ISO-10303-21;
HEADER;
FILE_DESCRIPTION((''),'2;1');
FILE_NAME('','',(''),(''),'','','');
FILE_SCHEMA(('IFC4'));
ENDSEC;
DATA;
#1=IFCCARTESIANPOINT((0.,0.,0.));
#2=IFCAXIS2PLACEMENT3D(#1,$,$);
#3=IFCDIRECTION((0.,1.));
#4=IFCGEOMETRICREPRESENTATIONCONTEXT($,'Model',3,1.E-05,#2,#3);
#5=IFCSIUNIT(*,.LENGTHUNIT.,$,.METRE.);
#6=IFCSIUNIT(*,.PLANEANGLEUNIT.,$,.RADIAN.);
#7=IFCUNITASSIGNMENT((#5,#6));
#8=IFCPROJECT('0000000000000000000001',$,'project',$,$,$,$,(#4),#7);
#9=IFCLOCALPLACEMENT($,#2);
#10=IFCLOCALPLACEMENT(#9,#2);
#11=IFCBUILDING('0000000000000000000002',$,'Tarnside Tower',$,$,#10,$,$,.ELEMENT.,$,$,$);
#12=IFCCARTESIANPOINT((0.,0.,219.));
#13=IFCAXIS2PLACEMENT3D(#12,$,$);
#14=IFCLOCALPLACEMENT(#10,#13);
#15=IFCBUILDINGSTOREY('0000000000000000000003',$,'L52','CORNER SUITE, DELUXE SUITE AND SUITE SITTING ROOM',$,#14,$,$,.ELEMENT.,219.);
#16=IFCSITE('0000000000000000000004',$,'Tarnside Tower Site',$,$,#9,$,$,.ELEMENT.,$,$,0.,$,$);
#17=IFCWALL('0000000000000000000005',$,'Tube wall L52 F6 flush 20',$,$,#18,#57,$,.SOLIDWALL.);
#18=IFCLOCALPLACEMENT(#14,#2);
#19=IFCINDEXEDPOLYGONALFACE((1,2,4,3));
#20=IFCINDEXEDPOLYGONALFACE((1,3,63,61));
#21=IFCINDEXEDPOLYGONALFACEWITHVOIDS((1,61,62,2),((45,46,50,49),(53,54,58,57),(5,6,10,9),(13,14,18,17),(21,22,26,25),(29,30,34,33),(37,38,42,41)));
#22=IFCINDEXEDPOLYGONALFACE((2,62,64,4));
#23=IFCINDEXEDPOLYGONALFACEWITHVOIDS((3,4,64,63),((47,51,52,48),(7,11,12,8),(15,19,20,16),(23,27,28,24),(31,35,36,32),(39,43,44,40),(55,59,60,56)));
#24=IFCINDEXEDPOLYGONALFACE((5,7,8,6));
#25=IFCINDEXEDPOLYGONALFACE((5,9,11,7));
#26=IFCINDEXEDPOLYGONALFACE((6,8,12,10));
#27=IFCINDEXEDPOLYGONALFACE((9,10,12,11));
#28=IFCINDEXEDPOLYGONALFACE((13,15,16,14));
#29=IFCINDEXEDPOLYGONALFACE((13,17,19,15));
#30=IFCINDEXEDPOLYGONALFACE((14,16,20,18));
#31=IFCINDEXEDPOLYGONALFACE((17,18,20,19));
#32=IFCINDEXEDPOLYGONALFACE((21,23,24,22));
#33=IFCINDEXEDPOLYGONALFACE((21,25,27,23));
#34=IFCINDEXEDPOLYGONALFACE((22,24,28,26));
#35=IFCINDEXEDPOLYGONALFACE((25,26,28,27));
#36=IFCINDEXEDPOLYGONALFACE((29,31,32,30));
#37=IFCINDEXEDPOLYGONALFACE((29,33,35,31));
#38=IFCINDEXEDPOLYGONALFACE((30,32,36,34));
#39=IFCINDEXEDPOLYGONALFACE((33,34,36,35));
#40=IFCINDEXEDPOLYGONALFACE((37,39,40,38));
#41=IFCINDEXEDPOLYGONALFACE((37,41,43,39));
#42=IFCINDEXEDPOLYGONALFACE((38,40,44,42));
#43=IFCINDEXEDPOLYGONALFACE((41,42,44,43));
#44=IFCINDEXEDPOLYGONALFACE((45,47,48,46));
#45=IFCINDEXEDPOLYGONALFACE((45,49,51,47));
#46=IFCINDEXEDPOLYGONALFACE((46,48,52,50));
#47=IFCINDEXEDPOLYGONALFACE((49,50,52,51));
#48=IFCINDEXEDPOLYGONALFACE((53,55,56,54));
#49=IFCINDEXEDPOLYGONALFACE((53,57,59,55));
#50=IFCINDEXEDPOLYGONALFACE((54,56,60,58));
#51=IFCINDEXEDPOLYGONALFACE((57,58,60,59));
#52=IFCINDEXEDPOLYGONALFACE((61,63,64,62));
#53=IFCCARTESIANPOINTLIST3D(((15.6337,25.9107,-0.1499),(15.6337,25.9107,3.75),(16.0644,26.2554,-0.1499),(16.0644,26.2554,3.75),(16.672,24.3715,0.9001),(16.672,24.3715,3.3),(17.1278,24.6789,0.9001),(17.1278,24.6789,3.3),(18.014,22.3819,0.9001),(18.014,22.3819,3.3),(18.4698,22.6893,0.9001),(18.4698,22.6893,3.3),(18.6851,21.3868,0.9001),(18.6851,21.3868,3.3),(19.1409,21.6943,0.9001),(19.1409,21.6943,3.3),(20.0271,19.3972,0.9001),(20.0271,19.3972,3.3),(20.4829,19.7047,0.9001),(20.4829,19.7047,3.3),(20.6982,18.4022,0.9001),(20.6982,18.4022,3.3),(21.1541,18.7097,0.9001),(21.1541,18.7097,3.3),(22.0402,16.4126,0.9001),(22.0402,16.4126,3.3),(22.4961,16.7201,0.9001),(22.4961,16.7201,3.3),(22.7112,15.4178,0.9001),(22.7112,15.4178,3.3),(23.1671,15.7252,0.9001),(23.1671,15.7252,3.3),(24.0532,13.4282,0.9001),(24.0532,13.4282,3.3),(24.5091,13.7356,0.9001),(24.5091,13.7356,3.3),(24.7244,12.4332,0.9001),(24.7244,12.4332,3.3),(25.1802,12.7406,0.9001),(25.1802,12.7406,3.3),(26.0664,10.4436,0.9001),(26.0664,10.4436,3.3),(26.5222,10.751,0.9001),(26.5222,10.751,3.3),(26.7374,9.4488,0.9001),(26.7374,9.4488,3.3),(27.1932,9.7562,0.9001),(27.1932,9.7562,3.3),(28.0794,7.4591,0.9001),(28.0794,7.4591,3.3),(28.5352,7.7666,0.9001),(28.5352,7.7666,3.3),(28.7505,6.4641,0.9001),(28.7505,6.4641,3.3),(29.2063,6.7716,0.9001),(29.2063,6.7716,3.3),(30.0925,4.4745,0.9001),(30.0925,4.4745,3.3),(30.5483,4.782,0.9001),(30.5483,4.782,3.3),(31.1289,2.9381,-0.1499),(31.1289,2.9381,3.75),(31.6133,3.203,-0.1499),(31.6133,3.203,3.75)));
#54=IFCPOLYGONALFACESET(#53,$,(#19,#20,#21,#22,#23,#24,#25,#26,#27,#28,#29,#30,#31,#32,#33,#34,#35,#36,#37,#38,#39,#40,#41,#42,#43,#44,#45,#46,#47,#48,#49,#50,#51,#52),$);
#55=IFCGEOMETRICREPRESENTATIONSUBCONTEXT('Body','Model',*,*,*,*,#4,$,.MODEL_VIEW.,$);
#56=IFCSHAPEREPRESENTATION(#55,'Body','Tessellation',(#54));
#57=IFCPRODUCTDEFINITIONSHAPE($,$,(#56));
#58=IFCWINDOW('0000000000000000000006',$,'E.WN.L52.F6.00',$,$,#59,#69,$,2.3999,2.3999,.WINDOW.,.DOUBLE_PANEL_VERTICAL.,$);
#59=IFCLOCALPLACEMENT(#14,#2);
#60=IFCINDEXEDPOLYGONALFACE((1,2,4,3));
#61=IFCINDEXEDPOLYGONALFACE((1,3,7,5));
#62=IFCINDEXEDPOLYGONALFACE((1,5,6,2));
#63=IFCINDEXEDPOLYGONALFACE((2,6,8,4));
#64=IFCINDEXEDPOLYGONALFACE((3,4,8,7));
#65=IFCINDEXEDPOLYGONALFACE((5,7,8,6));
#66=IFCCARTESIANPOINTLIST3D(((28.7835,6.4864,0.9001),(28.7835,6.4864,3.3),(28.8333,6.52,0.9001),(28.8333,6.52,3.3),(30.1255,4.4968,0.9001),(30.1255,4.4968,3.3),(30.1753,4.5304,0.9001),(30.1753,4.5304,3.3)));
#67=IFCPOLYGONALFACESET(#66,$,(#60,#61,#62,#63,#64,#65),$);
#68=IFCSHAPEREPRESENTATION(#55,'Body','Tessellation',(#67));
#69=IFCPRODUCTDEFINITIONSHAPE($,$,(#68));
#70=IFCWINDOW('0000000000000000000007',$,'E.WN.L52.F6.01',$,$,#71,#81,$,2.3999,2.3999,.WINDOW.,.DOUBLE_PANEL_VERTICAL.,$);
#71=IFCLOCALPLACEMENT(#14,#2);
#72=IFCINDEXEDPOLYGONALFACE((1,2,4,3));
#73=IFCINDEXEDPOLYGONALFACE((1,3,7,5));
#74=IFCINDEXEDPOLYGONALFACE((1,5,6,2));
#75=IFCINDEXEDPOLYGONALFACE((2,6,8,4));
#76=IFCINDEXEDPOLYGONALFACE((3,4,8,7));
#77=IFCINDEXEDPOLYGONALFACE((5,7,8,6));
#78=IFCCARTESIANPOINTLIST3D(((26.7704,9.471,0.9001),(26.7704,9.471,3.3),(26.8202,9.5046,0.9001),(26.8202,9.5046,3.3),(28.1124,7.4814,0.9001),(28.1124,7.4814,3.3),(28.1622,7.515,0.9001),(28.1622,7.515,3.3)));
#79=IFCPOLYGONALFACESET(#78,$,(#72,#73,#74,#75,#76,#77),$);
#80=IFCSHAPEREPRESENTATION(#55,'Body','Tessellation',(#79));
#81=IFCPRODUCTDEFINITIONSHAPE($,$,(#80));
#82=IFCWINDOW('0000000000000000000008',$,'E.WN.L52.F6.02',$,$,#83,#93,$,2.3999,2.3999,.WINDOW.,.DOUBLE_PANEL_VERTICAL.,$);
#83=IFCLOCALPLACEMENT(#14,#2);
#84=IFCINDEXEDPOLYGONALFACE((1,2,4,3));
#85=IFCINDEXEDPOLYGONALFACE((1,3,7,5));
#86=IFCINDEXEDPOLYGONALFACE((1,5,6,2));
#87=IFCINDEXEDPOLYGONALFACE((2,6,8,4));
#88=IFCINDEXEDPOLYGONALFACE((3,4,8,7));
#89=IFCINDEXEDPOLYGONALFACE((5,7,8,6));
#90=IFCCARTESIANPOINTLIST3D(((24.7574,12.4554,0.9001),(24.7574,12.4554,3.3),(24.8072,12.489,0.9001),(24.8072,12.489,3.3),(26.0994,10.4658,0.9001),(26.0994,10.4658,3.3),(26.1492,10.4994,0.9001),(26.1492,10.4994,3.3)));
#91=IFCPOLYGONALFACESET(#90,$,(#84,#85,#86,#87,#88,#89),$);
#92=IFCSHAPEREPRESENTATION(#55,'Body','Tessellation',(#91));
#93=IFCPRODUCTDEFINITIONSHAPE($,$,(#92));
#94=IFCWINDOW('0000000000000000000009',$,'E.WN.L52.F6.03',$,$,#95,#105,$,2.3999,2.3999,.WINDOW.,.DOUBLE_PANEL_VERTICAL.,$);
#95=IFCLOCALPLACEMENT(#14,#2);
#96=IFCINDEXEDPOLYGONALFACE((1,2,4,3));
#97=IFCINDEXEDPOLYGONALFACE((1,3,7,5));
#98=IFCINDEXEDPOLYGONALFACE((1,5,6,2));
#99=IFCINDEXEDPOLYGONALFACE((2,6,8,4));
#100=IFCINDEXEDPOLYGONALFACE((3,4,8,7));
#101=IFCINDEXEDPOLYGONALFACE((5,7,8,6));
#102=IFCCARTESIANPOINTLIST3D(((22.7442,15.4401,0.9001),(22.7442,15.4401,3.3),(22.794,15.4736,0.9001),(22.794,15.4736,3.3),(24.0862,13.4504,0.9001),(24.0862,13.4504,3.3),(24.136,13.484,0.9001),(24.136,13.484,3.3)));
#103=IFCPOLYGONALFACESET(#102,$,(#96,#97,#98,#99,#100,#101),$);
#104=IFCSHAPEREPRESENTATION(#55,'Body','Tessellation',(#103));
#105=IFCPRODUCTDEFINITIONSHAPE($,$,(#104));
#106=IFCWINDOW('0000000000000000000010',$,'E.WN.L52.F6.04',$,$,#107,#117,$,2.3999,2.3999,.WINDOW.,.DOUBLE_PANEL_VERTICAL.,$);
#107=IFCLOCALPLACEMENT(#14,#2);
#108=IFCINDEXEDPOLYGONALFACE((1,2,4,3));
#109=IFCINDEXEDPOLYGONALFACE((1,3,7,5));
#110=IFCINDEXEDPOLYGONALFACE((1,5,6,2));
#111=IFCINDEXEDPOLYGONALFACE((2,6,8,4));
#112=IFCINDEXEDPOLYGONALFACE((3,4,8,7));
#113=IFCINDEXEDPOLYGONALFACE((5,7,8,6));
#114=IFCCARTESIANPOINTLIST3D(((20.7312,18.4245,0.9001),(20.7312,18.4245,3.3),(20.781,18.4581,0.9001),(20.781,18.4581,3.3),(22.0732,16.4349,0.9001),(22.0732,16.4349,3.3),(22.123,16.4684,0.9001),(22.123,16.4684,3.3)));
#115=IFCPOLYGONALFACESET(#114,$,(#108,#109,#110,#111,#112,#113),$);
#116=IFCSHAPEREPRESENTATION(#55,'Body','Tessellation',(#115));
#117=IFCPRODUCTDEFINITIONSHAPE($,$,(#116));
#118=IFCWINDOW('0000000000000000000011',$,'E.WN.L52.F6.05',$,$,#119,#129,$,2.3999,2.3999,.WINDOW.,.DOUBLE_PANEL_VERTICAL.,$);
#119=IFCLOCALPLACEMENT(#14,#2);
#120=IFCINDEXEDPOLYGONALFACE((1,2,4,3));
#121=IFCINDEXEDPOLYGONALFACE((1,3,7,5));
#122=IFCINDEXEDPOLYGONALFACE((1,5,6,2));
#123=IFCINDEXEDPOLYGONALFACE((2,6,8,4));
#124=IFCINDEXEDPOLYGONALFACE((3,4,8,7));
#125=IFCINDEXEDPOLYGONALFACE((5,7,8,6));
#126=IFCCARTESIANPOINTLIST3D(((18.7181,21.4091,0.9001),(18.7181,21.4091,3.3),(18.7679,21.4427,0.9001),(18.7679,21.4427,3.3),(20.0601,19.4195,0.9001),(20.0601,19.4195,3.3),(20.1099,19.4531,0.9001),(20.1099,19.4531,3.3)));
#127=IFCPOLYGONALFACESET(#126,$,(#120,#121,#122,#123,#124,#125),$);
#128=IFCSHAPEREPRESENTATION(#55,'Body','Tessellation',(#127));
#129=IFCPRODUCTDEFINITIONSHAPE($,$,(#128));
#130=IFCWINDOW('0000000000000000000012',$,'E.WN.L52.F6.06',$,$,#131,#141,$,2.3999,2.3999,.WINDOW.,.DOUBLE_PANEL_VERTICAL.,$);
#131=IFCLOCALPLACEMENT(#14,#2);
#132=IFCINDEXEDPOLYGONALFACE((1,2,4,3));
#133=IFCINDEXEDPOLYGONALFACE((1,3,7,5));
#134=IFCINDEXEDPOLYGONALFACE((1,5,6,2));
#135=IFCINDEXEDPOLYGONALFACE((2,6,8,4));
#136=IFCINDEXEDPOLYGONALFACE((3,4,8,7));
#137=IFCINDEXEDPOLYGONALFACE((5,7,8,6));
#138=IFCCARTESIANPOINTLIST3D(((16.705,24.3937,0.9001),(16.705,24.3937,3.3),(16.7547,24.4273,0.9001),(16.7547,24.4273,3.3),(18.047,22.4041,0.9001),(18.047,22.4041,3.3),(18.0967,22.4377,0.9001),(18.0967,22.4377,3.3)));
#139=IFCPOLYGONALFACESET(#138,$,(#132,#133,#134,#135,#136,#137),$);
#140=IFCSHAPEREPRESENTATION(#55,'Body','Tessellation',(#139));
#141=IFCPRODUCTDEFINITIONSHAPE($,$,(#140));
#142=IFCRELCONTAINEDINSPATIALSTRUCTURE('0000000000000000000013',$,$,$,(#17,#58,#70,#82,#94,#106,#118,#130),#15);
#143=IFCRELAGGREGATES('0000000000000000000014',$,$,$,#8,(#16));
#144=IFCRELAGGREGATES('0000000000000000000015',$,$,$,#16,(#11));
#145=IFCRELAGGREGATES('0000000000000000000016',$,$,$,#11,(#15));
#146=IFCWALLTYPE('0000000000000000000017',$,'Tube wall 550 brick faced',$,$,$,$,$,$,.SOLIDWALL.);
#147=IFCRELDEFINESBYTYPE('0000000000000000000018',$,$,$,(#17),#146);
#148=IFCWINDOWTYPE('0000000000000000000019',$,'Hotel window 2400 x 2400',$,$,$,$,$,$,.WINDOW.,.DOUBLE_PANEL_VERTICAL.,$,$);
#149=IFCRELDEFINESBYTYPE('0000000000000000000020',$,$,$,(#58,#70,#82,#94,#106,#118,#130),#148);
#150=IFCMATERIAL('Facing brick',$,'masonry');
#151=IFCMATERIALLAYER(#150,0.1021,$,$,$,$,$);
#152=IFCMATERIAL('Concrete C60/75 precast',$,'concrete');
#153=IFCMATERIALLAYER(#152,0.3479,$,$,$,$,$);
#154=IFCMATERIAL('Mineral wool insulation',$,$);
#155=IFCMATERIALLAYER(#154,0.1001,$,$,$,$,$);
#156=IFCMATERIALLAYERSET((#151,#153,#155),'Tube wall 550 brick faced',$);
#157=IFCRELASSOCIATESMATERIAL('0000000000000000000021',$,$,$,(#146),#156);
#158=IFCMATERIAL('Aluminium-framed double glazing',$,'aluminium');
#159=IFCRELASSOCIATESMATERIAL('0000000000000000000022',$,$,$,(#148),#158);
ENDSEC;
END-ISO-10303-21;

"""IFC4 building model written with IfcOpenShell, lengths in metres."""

from ifc_helpers import new_model, si_unit, direction, frame, frame_2d, origin, place, context, subcontext, project, spatial, polyline, rectangle, outline, extrude, material, layer, layer_set, type_object, element, fill, save


model = new_model("IFC4")

# Units and contexts
model_context = context("Model", 3, precision=1e-05, world=origin(), true_north=direction((0.0, 1.0)))
body_context = subcontext(model_context, "Body", "Model", "MODEL_VIEW")
ifc_project = project(units=[si_unit("LENGTHUNIT", "METRE"), si_unit("PLANEANGLEUNIT", "RADIAN")], contexts=[model_context])

# Site, building, storey
site_placement = place(None, origin())
site = spatial("IfcSite", under=ifc_project, at=site_placement, Name="Tarnside Tower Site", CompositionType="ELEMENT", RefElevation=0.0)
building_placement = place(site_placement, origin())
building = spatial("IfcBuilding", under=site, at=building_placement, Name="Tarnside Tower", CompositionType="ELEMENT")
storey_placement = place(building_placement, frame((0.0, 0.0, 219.0)))
storey = spatial("IfcBuildingStorey", under=building, at=storey_placement, Name="L52", Description="CORNER SUITE, DELUXE SUITE AND SUITE SITTING ROOM", CompositionType="ELEMENT", Elevation=219.0)

# Shared definitions
ifc_material_1 = material(Name="Facing brick", Category="masonry")
ifc_layer_1 = layer(ifc_material_1, 0.1021)
ifc_material_2 = material(Name="Concrete C60/75 precast", Category="concrete")
ifc_layer_2 = layer(ifc_material_2, 0.3479)
ifc_material_3 = material(Name="Mineral wool insulation")
ifc_layer_3 = layer(ifc_material_3, 0.1001)
ifc_layer_set_1 = layer_set([ifc_layer_1, ifc_layer_2, ifc_layer_3], Name="Tube wall 550 brick faced")
wall_type_1 = type_object("IfcWallType", Name="Tube wall 550 brick faced", PredefinedType="SOLIDWALL", material=ifc_layer_set_1)

# Wall, openings, windows
wall_1_placement = place(storey_placement, frame((31.3711, 3.0706, -0.1499), z_axis=(0.0, 0.0, 1.0), x_axis=(-0.55919, 0.82904, 0.0)))
wall_1 = element("IfcWall", 1, at=wall_1_placement, inside=storey, type_object=wall_type_1, Name="Tube wall L52 F6 flush 20", PredefinedType="SOLIDWALL", context=body_context, shape_type="SweptSolid", body=[
    extrude(outline(polyline([(-0.0256, -0.2749), (27.7805, -0.2749), (27.7356, 0.2749), (0.0256, 0.2749), (-0.0256, -0.2749)])), origin(), (0.0, 0.0, 1.0), 3.8999),
])
opening_1_placement = place(wall_1_placement, frame((1.8789, 0.0, 1.05)))
opening_1 = element("IfcOpeningElement", 2, at=opening_1_placement, cuts=wall_1, PredefinedType="OPENING", context=body_context, shape_type="SweptSolid", body=[
    extrude(rectangle(XDim=2.3999, YDim=2.3999, at=frame_2d((1.2, 1.2))), frame((0.0, 0.2852, 0.0), z_axis=(0.0, -1.0, 0.0), x_axis=(1.0, 0.0, 0.0)), (0.0, 0.0, 1.0), 0.5701),
])
opening_2_placement = place(wall_1_placement, frame((5.479, 0.0, 1.05)))
opening_2 = element("IfcOpeningElement", 3, at=opening_2_placement, cuts=wall_1, PredefinedType="OPENING", context=body_context, shape_type="SweptSolid", body=[
    extrude(rectangle(XDim=2.3999, YDim=2.3999, at=frame_2d((1.2, 1.2))), frame((0.0, 0.2852, 0.0), z_axis=(0.0, -1.0, 0.0), x_axis=(1.0, 0.0, 0.0)), (0.0, 0.0, 1.0), 0.5701),
])
opening_3_placement = place(wall_1_placement, frame((9.0789, 0.0, 1.05)))
opening_3 = element("IfcOpeningElement", 4, at=opening_3_placement, cuts=wall_1, PredefinedType="OPENING", context=body_context, shape_type="SweptSolid", body=[
    extrude(rectangle(XDim=2.3999, YDim=2.3999, at=frame_2d((1.2, 1.2))), frame((0.0, 0.2852, 0.0), z_axis=(0.0, -1.0, 0.0), x_axis=(1.0, 0.0, 0.0)), (0.0, 0.0, 1.0), 0.5701),
])
opening_4_placement = place(wall_1_placement, frame((12.679, 0.0, 1.05)))
opening_4 = element("IfcOpeningElement", 5, at=opening_4_placement, cuts=wall_1, PredefinedType="OPENING", context=body_context, shape_type="SweptSolid", body=[
    extrude(rectangle(XDim=2.3999, YDim=2.3999, at=frame_2d((1.2, 1.2))), frame((0.0, 0.2852, 0.0), z_axis=(0.0, -1.0, 0.0), x_axis=(1.0, 0.0, 0.0)), (0.0, 0.0, 1.0), 0.5701),
])
opening_5_placement = place(wall_1_placement, frame((16.2788, 0.0, 1.05)))
opening_5 = element("IfcOpeningElement", 6, at=opening_5_placement, cuts=wall_1, PredefinedType="OPENING", context=body_context, shape_type="SweptSolid", body=[
    extrude(rectangle(XDim=2.3999, YDim=2.3999, at=frame_2d((1.2, 1.2))), frame((0.0, 0.2852, 0.0), z_axis=(0.0, -1.0, 0.0), x_axis=(1.0, 0.0, 0.0)), (0.0, 0.0, 1.0), 0.5701),
])
opening_6_placement = place(wall_1_placement, frame((19.8789, 0.0, 1.05)))
opening_6 = element("IfcOpeningElement", 7, at=opening_6_placement, cuts=wall_1, PredefinedType="OPENING", context=body_context, shape_type="SweptSolid", body=[
    extrude(rectangle(XDim=2.3999, YDim=2.3999, at=frame_2d((1.2, 1.2))), frame((0.0, 0.2852, 0.0), z_axis=(0.0, -1.0, 0.0), x_axis=(1.0, 0.0, 0.0)), (0.0, 0.0, 1.0), 0.5701),
])
opening_7_placement = place(wall_1_placement, frame((23.479, 0.0, 1.05)))
opening_7 = element("IfcOpeningElement", 8, at=opening_7_placement, cuts=wall_1, PredefinedType="OPENING", context=body_context, shape_type="SweptSolid", body=[
    extrude(rectangle(XDim=2.3999, YDim=2.3999, at=frame_2d((1.2, 1.2))), frame((0.0, 0.2852, 0.0), z_axis=(0.0, -1.0, 0.0), x_axis=(1.0, 0.0, 0.0)), (0.0, 0.0, 1.0), 0.5701),
])
ifc_material_4 = material(Name="Aluminium-framed double glazing", Category="aluminium")
window_type = type_object("IfcWindowType", Name="Hotel window 2400 x 2400", PartitioningType="DOUBLE_PANEL_VERTICAL", PredefinedType="WINDOW", material=ifc_material_4)
window_1_placement = place(opening_1_placement, frame((0.0, 0.2051, 0.0)))
window_1 = element("IfcWindow", 9, at=window_1_placement, inside=storey, type_object=window_type, Name="E.WN.L52.F6.00", OverallHeight=2.3999, OverallWidth=2.3999, PartitioningType="DOUBLE_PANEL_VERTICAL", PredefinedType="WINDOW", context=body_context, shape_type="SweptSolid", body=[
    extrude(rectangle(XDim=2.3999, YDim=2.3999, at=frame_2d((1.2, 1.2))), frame((0.0, 0.03, 0.0), z_axis=(0.0, -1.0, 0.0), x_axis=(1.0, 0.0, 0.0)), (0.0, 0.0, 1.0), 0.0601),
])
fill(opening_1, window_1)
window_2_placement = place(opening_2_placement, frame((0.0, 0.2051, 0.0)))
window_2 = element("IfcWindow", 10, at=window_2_placement, inside=storey, type_object=window_type, Name="E.WN.L52.F6.01", OverallHeight=2.3999, OverallWidth=2.3999, PartitioningType="DOUBLE_PANEL_VERTICAL", PredefinedType="WINDOW", context=body_context, shape_type="SweptSolid", body=[
    extrude(rectangle(XDim=2.3999, YDim=2.3999, at=frame_2d((1.2, 1.2))), frame((0.0, 0.03, 0.0), z_axis=(0.0, -1.0, 0.0), x_axis=(1.0, 0.0, 0.0)), (0.0, 0.0, 1.0), 0.0601),
])
fill(opening_2, window_2)
window_3_placement = place(opening_3_placement, frame((0.0, 0.2051, 0.0)))
window_3 = element("IfcWindow", 11, at=window_3_placement, inside=storey, type_object=window_type, Name="E.WN.L52.F6.02", OverallHeight=2.3999, OverallWidth=2.3999, PartitioningType="DOUBLE_PANEL_VERTICAL", PredefinedType="WINDOW", context=body_context, shape_type="SweptSolid", body=[
    extrude(rectangle(XDim=2.3999, YDim=2.3999, at=frame_2d((1.2, 1.2))), frame((0.0, 0.03, 0.0), z_axis=(0.0, -1.0, 0.0), x_axis=(1.0, 0.0, 0.0)), (0.0, 0.0, 1.0), 0.0601),
])
fill(opening_3, window_3)
window_4_placement = place(opening_4_placement, frame((0.0, 0.2051, 0.0)))
window_4 = element("IfcWindow", 12, at=window_4_placement, inside=storey, type_object=window_type, Name="E.WN.L52.F6.03", OverallHeight=2.3999, OverallWidth=2.3999, PartitioningType="DOUBLE_PANEL_VERTICAL", PredefinedType="WINDOW", context=body_context, shape_type="SweptSolid", body=[
    extrude(rectangle(XDim=2.3999, YDim=2.3999, at=frame_2d((1.2, 1.2))), frame((0.0, 0.03, 0.0), z_axis=(0.0, -1.0, 0.0), x_axis=(1.0, 0.0, 0.0)), (0.0, 0.0, 1.0), 0.0601),
])
fill(opening_4, window_4)
window_5_placement = place(opening_5_placement, frame((0.0, 0.2051, 0.0)))
window_5 = element("IfcWindow", 13, at=window_5_placement, inside=storey, type_object=window_type, Name="E.WN.L52.F6.04", OverallHeight=2.3999, OverallWidth=2.3999, PartitioningType="DOUBLE_PANEL_VERTICAL", PredefinedType="WINDOW", context=body_context, shape_type="SweptSolid", body=[
    extrude(rectangle(XDim=2.3999, YDim=2.3999, at=frame_2d((1.2, 1.2))), frame((0.0, 0.03, 0.0), z_axis=(0.0, -1.0, 0.0), x_axis=(1.0, 0.0, 0.0)), (0.0, 0.0, 1.0), 0.0601),
])
fill(opening_5, window_5)
window_6_placement = place(opening_6_placement, frame((0.0, 0.2051, 0.0)))
window_6 = element("IfcWindow", 14, at=window_6_placement, inside=storey, type_object=window_type, Name="E.WN.L52.F6.05", OverallHeight=2.3999, OverallWidth=2.3999, PartitioningType="DOUBLE_PANEL_VERTICAL", PredefinedType="WINDOW", context=body_context, shape_type="SweptSolid", body=[
    extrude(rectangle(XDim=2.3999, YDim=2.3999, at=frame_2d((1.2, 1.2))), frame((0.0, 0.03, 0.0), z_axis=(0.0, -1.0, 0.0), x_axis=(1.0, 0.0, 0.0)), (0.0, 0.0, 1.0), 0.0601),
])
fill(opening_6, window_6)
window_7_placement = place(opening_7_placement, frame((0.0, 0.2051, 0.0)))
window_7 = element("IfcWindow", 15, at=window_7_placement, inside=storey, type_object=window_type, Name="E.WN.L52.F6.06", OverallHeight=2.3999, OverallWidth=2.3999, PartitioningType="DOUBLE_PANEL_VERTICAL", PredefinedType="WINDOW", context=body_context, shape_type="SweptSolid", body=[
    extrude(rectangle(XDim=2.3999, YDim=2.3999, at=frame_2d((1.2, 1.2))), frame((0.0, 0.03, 0.0), z_axis=(0.0, -1.0, 0.0), x_axis=(1.0, 0.0, 0.0)), (0.0, 0.0, 1.0), 0.0601),
])
fill(opening_7, window_7)

save(model, "model.ifc")
